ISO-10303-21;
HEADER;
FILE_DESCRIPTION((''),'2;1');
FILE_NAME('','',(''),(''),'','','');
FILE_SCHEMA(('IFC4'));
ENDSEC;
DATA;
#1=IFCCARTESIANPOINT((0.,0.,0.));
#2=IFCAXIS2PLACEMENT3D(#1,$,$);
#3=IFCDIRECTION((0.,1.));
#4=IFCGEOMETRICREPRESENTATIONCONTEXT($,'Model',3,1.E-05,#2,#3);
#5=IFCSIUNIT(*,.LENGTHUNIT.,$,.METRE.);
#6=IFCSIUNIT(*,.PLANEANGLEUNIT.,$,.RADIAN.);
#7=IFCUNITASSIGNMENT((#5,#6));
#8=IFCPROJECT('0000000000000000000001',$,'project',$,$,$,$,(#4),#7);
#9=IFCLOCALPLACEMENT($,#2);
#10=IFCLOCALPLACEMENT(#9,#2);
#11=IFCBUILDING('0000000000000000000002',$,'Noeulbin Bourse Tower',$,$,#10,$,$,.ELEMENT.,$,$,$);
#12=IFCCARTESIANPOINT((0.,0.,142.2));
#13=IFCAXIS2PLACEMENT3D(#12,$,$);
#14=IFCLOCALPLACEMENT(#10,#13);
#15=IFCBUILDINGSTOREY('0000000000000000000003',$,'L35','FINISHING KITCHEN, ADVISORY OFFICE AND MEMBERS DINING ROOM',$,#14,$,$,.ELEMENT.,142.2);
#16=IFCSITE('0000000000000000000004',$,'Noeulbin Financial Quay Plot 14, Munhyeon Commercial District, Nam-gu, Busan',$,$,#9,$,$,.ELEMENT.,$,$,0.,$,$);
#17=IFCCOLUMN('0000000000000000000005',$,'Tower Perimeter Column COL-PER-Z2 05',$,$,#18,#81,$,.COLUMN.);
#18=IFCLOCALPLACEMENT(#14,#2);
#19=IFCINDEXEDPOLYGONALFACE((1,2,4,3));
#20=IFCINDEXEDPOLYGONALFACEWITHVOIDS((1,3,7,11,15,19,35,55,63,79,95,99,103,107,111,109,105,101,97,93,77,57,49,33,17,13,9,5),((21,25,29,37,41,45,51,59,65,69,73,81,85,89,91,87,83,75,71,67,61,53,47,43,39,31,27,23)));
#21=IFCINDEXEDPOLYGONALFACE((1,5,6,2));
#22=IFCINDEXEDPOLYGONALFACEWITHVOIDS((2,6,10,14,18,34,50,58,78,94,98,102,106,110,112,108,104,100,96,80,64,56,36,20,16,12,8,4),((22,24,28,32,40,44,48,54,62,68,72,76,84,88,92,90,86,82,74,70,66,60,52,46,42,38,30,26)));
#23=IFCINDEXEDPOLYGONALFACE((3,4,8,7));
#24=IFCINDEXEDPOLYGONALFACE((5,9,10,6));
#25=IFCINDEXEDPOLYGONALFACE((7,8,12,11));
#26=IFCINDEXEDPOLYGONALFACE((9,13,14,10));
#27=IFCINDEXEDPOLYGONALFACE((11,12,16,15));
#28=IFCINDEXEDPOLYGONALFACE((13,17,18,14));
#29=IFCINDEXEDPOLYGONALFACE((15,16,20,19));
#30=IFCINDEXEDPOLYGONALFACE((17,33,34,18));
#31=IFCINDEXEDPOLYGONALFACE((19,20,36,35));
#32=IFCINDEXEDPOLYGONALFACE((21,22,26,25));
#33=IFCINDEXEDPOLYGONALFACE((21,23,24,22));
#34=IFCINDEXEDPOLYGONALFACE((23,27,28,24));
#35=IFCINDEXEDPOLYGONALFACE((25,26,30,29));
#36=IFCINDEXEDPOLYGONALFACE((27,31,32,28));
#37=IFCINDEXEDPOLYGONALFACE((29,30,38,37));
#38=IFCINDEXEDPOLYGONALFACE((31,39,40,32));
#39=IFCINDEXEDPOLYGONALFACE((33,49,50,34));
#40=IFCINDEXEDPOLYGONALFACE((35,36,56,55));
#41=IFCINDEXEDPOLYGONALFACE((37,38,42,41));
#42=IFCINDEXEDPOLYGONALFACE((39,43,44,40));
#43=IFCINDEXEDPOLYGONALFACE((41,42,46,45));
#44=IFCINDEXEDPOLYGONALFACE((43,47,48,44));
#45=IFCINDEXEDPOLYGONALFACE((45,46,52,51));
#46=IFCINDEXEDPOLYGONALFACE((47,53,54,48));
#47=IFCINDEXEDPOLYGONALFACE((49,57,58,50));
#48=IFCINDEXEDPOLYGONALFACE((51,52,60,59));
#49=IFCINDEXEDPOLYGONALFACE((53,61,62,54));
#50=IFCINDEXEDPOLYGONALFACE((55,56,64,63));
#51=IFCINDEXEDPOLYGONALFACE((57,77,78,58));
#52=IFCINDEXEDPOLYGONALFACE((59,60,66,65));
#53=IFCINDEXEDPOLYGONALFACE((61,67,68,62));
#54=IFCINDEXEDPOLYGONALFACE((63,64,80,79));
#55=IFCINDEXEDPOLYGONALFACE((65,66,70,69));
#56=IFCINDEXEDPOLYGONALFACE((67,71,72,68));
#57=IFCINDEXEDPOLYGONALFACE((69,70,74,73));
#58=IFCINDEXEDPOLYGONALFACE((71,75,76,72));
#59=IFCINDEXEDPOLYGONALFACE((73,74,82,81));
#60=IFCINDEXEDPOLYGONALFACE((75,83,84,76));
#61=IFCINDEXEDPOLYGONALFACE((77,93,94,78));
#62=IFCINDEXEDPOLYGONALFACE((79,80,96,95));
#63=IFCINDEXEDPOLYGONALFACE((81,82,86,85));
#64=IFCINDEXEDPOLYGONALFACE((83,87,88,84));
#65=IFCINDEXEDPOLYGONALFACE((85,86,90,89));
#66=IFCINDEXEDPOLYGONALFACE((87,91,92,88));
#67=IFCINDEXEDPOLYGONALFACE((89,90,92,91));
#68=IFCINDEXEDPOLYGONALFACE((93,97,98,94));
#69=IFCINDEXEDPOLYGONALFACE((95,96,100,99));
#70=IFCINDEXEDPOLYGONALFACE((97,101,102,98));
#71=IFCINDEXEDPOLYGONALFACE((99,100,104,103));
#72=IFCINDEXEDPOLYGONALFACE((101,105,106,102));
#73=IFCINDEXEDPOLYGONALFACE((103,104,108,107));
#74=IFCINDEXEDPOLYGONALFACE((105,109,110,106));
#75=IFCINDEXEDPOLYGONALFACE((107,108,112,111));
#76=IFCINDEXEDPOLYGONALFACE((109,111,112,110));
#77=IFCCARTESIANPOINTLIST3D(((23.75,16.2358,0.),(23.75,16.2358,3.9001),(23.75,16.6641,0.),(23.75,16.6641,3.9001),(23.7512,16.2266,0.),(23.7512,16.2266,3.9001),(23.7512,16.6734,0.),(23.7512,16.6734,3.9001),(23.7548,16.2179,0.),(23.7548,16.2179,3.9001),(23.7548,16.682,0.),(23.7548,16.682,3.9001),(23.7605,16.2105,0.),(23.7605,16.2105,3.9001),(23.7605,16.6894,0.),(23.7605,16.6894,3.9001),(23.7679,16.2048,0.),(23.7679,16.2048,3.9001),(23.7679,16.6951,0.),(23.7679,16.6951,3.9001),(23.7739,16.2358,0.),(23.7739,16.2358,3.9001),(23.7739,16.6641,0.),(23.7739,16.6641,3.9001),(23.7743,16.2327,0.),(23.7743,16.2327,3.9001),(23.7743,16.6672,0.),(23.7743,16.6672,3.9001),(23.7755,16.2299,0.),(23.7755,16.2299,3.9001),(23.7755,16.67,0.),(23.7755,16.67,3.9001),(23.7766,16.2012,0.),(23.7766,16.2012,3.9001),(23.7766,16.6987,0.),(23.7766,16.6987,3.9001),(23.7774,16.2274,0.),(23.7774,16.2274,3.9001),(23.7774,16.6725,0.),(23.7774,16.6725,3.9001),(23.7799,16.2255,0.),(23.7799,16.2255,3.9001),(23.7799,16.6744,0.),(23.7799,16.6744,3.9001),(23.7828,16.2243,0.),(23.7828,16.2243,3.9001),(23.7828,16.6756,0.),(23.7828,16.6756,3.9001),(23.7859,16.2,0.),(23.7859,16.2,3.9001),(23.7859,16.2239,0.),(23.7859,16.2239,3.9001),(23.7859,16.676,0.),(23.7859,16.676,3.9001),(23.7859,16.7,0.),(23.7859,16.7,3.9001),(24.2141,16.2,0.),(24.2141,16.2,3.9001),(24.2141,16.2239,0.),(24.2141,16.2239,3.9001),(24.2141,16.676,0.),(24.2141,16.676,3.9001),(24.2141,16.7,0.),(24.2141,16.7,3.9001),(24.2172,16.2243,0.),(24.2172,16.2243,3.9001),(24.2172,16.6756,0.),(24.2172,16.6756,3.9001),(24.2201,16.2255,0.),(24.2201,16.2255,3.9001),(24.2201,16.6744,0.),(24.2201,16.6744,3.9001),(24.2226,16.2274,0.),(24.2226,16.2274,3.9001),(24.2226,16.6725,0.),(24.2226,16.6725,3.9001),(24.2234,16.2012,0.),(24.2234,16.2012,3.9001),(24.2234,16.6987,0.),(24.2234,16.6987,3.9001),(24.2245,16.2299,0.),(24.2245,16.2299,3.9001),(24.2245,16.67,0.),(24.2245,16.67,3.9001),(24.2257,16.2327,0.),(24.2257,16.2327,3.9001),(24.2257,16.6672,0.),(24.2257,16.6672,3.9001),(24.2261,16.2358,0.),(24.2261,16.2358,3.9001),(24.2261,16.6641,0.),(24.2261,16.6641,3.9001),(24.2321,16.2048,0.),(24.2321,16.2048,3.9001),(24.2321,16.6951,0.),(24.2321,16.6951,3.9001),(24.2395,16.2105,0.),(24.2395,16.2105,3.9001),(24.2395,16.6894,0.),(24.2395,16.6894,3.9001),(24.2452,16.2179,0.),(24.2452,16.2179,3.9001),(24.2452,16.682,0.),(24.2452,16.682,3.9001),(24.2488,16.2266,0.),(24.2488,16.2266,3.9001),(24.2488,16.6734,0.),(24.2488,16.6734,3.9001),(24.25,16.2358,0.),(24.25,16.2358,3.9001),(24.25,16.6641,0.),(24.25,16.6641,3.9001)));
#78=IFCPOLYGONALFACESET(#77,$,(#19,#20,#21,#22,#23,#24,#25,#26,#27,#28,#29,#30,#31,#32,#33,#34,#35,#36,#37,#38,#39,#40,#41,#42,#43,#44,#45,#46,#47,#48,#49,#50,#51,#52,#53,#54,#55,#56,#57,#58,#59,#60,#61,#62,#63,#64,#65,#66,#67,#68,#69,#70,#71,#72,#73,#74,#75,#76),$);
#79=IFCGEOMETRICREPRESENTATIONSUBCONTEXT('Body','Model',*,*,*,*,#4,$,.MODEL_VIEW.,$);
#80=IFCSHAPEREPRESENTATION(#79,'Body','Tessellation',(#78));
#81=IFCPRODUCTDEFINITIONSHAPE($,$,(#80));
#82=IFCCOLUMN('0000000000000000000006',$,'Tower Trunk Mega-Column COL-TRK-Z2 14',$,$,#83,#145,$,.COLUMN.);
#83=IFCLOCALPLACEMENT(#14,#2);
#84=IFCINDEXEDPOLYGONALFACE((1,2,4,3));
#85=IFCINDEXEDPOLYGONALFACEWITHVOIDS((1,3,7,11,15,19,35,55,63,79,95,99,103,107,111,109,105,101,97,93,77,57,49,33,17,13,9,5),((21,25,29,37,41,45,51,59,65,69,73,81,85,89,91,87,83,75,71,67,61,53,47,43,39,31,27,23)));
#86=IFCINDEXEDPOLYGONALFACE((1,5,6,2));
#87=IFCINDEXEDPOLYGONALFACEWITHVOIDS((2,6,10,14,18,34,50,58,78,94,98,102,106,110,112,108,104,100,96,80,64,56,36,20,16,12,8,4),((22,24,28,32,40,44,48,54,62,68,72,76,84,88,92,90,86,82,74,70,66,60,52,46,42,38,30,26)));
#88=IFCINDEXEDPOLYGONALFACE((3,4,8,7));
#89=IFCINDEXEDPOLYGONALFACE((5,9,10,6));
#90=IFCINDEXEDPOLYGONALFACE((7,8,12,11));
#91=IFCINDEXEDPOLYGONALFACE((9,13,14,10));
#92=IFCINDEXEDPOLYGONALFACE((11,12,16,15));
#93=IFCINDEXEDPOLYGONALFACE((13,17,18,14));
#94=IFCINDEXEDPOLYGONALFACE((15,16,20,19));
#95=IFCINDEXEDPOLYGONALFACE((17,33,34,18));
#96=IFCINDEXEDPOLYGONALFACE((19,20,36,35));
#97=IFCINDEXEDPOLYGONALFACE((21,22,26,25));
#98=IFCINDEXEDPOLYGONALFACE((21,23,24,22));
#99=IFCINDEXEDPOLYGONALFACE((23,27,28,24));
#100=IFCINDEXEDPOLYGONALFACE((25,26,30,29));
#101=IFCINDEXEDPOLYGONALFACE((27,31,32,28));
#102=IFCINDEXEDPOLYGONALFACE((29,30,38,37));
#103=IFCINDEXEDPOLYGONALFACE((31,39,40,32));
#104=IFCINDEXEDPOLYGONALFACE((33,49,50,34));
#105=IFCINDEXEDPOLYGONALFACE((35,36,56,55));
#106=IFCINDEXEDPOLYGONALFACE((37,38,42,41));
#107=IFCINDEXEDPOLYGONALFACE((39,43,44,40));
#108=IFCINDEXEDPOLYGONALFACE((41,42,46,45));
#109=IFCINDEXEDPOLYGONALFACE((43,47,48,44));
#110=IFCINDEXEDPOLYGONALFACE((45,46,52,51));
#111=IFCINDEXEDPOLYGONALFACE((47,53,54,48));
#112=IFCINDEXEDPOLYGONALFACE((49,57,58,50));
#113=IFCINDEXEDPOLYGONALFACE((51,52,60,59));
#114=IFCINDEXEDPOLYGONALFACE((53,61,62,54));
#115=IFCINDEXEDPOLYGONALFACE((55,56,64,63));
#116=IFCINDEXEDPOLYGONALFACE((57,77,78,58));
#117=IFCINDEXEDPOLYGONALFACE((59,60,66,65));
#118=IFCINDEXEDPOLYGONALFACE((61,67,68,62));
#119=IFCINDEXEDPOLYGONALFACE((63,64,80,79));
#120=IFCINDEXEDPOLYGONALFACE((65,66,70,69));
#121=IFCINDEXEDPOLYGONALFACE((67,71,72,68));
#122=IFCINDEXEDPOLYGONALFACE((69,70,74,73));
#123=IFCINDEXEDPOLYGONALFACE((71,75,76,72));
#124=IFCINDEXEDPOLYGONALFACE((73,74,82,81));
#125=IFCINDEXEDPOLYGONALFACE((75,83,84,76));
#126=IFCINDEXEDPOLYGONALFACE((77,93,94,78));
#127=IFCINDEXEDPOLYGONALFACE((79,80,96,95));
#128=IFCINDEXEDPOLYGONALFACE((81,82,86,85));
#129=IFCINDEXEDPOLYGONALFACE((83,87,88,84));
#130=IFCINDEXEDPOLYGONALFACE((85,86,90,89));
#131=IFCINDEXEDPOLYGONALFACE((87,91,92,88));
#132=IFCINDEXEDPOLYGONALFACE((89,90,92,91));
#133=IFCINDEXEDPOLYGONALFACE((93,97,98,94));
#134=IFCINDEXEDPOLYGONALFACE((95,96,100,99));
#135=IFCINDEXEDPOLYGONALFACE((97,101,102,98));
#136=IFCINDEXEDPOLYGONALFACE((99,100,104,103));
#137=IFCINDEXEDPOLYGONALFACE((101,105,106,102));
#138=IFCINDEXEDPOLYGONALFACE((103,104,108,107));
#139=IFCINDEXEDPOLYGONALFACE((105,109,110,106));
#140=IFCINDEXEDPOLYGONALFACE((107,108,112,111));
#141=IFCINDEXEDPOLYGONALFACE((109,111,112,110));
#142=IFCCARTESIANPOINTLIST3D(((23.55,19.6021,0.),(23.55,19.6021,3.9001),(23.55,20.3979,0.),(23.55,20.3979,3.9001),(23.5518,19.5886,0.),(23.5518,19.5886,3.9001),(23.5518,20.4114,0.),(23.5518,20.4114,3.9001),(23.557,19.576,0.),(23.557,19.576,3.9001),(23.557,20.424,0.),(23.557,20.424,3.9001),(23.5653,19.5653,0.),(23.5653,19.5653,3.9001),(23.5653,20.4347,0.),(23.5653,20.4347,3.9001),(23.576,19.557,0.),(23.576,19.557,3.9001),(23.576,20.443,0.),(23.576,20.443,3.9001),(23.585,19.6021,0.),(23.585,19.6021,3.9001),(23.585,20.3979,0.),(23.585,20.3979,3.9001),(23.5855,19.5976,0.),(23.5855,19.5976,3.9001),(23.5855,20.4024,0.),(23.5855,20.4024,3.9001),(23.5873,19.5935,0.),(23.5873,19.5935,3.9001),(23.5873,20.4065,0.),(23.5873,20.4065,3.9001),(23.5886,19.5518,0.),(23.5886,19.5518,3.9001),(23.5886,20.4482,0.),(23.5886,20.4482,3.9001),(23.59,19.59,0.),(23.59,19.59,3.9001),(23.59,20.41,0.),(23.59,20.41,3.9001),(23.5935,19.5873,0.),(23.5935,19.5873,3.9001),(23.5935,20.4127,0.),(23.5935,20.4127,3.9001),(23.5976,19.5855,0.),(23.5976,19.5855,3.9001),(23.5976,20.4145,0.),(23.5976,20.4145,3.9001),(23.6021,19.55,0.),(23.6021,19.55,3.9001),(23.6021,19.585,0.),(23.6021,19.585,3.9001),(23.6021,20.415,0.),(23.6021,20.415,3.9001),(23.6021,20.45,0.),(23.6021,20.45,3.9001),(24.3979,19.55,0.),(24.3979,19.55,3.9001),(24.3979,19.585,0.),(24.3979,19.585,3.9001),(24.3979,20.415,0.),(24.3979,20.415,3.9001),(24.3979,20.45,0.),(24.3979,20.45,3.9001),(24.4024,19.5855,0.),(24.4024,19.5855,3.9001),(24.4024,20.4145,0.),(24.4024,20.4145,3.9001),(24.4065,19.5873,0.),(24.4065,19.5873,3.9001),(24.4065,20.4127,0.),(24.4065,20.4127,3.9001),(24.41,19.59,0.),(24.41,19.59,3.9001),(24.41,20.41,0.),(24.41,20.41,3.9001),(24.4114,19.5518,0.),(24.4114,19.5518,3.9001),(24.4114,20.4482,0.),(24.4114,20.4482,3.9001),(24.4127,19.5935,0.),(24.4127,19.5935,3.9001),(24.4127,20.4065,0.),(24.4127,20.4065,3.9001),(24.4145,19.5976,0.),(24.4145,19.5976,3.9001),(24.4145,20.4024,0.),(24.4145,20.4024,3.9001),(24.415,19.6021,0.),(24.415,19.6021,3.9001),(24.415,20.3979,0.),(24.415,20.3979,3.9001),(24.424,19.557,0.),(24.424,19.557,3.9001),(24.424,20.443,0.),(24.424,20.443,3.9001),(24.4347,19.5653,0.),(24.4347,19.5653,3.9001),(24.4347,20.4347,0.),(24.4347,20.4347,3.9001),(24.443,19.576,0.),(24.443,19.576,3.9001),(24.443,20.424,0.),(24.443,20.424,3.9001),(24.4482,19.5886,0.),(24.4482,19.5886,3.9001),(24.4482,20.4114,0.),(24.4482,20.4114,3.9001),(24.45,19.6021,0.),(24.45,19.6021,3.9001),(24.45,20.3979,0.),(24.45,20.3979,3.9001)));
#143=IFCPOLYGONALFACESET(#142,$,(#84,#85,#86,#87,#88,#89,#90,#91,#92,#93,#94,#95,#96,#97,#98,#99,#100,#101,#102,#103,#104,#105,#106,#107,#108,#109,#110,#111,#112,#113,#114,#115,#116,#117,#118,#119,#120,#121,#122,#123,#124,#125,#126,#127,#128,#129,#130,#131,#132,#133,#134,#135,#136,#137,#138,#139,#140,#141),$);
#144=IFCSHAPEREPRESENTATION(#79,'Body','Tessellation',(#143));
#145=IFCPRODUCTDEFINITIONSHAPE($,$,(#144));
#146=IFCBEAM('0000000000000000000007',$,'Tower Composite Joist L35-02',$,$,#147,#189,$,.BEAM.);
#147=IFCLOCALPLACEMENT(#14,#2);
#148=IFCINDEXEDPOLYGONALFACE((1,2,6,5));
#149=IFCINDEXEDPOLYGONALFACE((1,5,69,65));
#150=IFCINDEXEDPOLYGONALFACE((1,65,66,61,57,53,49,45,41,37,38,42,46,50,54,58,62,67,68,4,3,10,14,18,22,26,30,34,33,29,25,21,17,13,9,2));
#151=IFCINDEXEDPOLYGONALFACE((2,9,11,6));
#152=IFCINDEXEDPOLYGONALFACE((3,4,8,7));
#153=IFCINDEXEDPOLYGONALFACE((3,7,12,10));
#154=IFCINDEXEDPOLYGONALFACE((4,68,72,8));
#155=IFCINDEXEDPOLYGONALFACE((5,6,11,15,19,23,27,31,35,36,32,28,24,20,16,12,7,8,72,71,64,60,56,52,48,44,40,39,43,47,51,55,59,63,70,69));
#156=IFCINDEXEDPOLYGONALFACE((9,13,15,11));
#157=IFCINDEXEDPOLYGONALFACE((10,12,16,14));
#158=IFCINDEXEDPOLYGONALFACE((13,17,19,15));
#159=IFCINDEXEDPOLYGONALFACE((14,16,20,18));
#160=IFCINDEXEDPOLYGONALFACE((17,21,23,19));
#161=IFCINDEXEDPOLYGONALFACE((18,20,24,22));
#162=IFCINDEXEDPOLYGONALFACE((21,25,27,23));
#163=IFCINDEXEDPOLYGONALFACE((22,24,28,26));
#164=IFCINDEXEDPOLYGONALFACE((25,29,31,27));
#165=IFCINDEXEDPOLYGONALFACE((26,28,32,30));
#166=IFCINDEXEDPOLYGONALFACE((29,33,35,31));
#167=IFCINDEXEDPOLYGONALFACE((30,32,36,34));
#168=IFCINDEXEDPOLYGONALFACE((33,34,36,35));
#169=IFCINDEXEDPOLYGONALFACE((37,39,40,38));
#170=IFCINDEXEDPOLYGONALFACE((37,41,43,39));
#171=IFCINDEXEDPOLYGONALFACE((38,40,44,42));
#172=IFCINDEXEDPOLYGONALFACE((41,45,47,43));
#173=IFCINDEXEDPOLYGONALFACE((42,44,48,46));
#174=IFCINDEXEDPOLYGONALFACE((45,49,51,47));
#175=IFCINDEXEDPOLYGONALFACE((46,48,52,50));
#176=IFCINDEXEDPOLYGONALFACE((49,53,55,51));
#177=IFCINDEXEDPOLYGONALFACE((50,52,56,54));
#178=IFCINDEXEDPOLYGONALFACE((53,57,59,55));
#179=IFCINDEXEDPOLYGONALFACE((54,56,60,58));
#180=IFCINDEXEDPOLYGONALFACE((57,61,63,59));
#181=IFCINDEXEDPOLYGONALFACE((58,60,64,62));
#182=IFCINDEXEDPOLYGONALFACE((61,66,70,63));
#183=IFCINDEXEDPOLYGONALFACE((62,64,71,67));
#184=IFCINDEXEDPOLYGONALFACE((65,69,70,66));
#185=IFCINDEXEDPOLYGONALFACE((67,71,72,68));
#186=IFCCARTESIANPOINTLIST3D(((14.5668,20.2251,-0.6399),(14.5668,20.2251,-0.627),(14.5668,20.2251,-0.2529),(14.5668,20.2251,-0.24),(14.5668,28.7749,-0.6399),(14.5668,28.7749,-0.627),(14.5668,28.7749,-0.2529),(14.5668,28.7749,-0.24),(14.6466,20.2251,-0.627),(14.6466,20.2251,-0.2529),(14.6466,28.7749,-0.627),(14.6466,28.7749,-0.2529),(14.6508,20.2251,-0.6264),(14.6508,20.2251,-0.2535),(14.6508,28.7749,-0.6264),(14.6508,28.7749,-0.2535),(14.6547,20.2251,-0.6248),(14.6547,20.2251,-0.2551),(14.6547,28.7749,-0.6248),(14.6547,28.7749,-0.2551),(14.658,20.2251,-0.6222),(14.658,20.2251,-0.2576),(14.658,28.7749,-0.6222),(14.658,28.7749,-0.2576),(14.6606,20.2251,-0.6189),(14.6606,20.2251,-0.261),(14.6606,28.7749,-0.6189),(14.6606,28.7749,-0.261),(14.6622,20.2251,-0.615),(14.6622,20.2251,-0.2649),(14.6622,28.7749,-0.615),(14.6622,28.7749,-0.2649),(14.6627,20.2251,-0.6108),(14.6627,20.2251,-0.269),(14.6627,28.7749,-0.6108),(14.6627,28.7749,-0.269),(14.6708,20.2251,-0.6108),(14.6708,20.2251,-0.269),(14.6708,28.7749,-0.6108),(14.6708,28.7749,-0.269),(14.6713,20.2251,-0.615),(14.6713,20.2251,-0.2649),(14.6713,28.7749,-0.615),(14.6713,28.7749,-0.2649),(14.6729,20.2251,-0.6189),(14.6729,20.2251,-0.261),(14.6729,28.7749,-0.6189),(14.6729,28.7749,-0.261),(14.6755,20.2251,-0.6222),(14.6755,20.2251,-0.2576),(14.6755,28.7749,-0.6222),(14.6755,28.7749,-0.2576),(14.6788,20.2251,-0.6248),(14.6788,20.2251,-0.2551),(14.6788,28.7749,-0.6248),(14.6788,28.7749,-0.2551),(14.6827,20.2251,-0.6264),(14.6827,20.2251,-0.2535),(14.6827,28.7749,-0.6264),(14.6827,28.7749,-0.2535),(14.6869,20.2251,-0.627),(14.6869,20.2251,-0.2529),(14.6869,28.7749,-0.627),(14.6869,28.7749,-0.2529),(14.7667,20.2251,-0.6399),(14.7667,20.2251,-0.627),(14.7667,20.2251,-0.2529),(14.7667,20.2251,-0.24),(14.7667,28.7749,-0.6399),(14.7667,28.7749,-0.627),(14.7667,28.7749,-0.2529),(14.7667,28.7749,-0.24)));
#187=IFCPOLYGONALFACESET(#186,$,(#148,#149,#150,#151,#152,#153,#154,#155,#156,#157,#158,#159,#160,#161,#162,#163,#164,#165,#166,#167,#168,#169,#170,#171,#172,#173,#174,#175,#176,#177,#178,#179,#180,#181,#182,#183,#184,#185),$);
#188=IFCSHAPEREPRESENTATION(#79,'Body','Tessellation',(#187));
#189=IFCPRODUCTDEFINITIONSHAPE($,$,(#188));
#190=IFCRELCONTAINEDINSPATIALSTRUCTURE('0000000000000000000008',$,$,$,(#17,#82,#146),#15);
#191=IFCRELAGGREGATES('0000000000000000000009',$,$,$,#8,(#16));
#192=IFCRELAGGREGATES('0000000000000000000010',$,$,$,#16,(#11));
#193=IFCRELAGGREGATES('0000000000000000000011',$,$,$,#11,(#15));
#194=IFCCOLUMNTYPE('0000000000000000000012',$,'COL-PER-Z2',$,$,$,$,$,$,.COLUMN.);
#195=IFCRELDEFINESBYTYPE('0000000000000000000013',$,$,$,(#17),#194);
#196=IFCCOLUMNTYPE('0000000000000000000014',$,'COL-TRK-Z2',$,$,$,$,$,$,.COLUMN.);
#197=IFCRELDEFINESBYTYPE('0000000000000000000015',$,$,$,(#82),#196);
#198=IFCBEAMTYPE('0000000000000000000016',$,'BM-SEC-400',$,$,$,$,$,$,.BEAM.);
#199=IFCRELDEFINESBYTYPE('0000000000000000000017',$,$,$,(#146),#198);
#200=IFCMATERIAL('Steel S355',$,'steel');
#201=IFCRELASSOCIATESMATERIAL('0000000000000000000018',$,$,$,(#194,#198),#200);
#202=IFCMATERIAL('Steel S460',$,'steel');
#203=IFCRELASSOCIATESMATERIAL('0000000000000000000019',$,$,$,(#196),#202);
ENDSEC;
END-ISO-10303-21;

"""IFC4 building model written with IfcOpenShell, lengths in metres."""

from ifc_helpers import new_model, si_unit, direction, frame, origin, origin_2d, place, context, subcontext, project, spatial, hollow_rectangle, i_section, extrude, material, material_profile, profile_set, type_object, element, save


model = new_model("IFC4")

# Units and contexts
model_context = context("Model", 3, precision=1e-05, world=origin(), true_north=direction((0.0, 1.0)))
body_context = subcontext(model_context, "Body", "Model", "MODEL_VIEW")
ifc_project = project(units=[si_unit("LENGTHUNIT", "METRE"), si_unit("PLANEANGLEUNIT", "RADIAN")], contexts=[model_context])

# Site, building, storey
site_placement = place(None, origin())
site = spatial("IfcSite", under=ifc_project, at=site_placement, Name="Noeulbin Financial Quay Plot 14, Munhyeon Commercial District, Nam-gu, Busan", CompositionType="ELEMENT", RefElevation=0.0)
building_placement = place(site_placement, origin())
building = spatial("IfcBuilding", under=site, at=building_placement, Name="Noeulbin Bourse Tower", CompositionType="ELEMENT")
storey_placement = place(building_placement, frame((0.0, 0.0, 142.2)))
storey = spatial("IfcBuildingStorey", under=building, at=storey_placement, Name="L35", Description="FINISHING KITCHEN, ADVISORY OFFICE AND MEMBERS DINING ROOM", CompositionType="ELEMENT", Elevation=142.2)

# Columns
ifc_material_1 = material(Name="Steel S355", Category="steel")
ifc_material_profile_1 = material_profile(ifc_material_1, hollow_rectangle(XDim=0.5, YDim=0.5, WallThickness=0.0239, InnerFilletRadius=0.012, OuterFilletRadius=0.0359, at=origin_2d()), Name="BOX-500x500x24", Category="LoadBearing")
ifc_profile_set_1 = profile_set([ifc_material_profile_1], Name="Steel S355")
column_type_1 = type_object("IfcColumnType", Name="COL-PER-Z2", PredefinedType="COLUMN", material=ifc_profile_set_1)
column_1_placement = place(storey_placement, frame((24.0, 16.45, 0.0), z_axis=(0.0, 0.0, 1.0), x_axis=(1.0, 0.0, 0.0)))
element("IfcColumn", 1, at=column_1_placement, inside=storey, type_object=column_type_1, Name="Tower Perimeter Column COL-PER-Z2 05", PredefinedType="COLUMN", context=body_context, shape_type="SweptSolid", body=[
    extrude(hollow_rectangle(XDim=0.5, YDim=0.5, WallThickness=0.0239, InnerFilletRadius=0.012, OuterFilletRadius=0.0359, at=origin_2d()), origin(), (0.0, 0.0, 1.0), 3.9001),
])
ifc_material_2 = material(Name="Steel S460", Category="steel")
ifc_material_profile_2 = material_profile(ifc_material_2, hollow_rectangle(XDim=0.8999, YDim=0.8999, WallThickness=0.0349, InnerFilletRadius=0.0171, OuterFilletRadius=0.052, at=origin_2d()), Name="BOX-900x900x35", Category="LoadBearing")
ifc_profile_set_2 = profile_set([ifc_material_profile_2], Name="Steel S460")
column_type_2 = type_object("IfcColumnType", Name="COL-TRK-Z2", PredefinedType="COLUMN", material=ifc_profile_set_2)
column_2_placement = place(storey_placement, frame((24.0, 20.0, 0.0), z_axis=(0.0, 0.0, 1.0), x_axis=(1.0, 0.0, 0.0)))
element("IfcColumn", 2, at=column_2_placement, inside=storey, type_object=column_type_2, Name="Tower Trunk Mega-Column COL-TRK-Z2 14", PredefinedType="COLUMN", context=body_context, shape_type="SweptSolid", body=[
    extrude(hollow_rectangle(XDim=0.8999, YDim=0.8999, WallThickness=0.0349, InnerFilletRadius=0.0171, OuterFilletRadius=0.052, at=origin_2d()), origin(), (0.0, 0.0, 1.0), 3.9001),
])

# Beam
ifc_material_profile_3 = material_profile(ifc_material_1, i_section(OverallWidth=0.2, OverallDepth=0.3999, WebThickness=0.0081, FlangeThickness=0.0129, FilletRadius=0.0161, at=origin_2d()), Name="H-400x200x8x13", Category="LoadBearing")
ifc_profile_set_3 = profile_set([ifc_material_profile_3], Name="Steel S355")
beam_type_1 = type_object("IfcBeamType", Name="BM-SEC-400", PredefinedType="BEAM", material=ifc_profile_set_3)
beam_1_placement = place(storey_placement, frame((14.6667, 20.2251, -0.4399), z_axis=(0.0, 1.0, 0.0), x_axis=(-1.0, 0.0, 0.0)))
element("IfcBeam", 3, at=beam_1_placement, inside=storey, type_object=beam_type_1, Name="Tower Composite Joist L35-02", PredefinedType="BEAM", context=body_context, shape_type="SweptSolid", body=[
    extrude(i_section(OverallWidth=0.2, OverallDepth=0.3999, WebThickness=0.0081, FlangeThickness=0.0129, FilletRadius=0.0161, at=origin_2d()), origin(), (0.0, 0.0, 1.0), 8.5498),
])

save(model, "model.ifc")
